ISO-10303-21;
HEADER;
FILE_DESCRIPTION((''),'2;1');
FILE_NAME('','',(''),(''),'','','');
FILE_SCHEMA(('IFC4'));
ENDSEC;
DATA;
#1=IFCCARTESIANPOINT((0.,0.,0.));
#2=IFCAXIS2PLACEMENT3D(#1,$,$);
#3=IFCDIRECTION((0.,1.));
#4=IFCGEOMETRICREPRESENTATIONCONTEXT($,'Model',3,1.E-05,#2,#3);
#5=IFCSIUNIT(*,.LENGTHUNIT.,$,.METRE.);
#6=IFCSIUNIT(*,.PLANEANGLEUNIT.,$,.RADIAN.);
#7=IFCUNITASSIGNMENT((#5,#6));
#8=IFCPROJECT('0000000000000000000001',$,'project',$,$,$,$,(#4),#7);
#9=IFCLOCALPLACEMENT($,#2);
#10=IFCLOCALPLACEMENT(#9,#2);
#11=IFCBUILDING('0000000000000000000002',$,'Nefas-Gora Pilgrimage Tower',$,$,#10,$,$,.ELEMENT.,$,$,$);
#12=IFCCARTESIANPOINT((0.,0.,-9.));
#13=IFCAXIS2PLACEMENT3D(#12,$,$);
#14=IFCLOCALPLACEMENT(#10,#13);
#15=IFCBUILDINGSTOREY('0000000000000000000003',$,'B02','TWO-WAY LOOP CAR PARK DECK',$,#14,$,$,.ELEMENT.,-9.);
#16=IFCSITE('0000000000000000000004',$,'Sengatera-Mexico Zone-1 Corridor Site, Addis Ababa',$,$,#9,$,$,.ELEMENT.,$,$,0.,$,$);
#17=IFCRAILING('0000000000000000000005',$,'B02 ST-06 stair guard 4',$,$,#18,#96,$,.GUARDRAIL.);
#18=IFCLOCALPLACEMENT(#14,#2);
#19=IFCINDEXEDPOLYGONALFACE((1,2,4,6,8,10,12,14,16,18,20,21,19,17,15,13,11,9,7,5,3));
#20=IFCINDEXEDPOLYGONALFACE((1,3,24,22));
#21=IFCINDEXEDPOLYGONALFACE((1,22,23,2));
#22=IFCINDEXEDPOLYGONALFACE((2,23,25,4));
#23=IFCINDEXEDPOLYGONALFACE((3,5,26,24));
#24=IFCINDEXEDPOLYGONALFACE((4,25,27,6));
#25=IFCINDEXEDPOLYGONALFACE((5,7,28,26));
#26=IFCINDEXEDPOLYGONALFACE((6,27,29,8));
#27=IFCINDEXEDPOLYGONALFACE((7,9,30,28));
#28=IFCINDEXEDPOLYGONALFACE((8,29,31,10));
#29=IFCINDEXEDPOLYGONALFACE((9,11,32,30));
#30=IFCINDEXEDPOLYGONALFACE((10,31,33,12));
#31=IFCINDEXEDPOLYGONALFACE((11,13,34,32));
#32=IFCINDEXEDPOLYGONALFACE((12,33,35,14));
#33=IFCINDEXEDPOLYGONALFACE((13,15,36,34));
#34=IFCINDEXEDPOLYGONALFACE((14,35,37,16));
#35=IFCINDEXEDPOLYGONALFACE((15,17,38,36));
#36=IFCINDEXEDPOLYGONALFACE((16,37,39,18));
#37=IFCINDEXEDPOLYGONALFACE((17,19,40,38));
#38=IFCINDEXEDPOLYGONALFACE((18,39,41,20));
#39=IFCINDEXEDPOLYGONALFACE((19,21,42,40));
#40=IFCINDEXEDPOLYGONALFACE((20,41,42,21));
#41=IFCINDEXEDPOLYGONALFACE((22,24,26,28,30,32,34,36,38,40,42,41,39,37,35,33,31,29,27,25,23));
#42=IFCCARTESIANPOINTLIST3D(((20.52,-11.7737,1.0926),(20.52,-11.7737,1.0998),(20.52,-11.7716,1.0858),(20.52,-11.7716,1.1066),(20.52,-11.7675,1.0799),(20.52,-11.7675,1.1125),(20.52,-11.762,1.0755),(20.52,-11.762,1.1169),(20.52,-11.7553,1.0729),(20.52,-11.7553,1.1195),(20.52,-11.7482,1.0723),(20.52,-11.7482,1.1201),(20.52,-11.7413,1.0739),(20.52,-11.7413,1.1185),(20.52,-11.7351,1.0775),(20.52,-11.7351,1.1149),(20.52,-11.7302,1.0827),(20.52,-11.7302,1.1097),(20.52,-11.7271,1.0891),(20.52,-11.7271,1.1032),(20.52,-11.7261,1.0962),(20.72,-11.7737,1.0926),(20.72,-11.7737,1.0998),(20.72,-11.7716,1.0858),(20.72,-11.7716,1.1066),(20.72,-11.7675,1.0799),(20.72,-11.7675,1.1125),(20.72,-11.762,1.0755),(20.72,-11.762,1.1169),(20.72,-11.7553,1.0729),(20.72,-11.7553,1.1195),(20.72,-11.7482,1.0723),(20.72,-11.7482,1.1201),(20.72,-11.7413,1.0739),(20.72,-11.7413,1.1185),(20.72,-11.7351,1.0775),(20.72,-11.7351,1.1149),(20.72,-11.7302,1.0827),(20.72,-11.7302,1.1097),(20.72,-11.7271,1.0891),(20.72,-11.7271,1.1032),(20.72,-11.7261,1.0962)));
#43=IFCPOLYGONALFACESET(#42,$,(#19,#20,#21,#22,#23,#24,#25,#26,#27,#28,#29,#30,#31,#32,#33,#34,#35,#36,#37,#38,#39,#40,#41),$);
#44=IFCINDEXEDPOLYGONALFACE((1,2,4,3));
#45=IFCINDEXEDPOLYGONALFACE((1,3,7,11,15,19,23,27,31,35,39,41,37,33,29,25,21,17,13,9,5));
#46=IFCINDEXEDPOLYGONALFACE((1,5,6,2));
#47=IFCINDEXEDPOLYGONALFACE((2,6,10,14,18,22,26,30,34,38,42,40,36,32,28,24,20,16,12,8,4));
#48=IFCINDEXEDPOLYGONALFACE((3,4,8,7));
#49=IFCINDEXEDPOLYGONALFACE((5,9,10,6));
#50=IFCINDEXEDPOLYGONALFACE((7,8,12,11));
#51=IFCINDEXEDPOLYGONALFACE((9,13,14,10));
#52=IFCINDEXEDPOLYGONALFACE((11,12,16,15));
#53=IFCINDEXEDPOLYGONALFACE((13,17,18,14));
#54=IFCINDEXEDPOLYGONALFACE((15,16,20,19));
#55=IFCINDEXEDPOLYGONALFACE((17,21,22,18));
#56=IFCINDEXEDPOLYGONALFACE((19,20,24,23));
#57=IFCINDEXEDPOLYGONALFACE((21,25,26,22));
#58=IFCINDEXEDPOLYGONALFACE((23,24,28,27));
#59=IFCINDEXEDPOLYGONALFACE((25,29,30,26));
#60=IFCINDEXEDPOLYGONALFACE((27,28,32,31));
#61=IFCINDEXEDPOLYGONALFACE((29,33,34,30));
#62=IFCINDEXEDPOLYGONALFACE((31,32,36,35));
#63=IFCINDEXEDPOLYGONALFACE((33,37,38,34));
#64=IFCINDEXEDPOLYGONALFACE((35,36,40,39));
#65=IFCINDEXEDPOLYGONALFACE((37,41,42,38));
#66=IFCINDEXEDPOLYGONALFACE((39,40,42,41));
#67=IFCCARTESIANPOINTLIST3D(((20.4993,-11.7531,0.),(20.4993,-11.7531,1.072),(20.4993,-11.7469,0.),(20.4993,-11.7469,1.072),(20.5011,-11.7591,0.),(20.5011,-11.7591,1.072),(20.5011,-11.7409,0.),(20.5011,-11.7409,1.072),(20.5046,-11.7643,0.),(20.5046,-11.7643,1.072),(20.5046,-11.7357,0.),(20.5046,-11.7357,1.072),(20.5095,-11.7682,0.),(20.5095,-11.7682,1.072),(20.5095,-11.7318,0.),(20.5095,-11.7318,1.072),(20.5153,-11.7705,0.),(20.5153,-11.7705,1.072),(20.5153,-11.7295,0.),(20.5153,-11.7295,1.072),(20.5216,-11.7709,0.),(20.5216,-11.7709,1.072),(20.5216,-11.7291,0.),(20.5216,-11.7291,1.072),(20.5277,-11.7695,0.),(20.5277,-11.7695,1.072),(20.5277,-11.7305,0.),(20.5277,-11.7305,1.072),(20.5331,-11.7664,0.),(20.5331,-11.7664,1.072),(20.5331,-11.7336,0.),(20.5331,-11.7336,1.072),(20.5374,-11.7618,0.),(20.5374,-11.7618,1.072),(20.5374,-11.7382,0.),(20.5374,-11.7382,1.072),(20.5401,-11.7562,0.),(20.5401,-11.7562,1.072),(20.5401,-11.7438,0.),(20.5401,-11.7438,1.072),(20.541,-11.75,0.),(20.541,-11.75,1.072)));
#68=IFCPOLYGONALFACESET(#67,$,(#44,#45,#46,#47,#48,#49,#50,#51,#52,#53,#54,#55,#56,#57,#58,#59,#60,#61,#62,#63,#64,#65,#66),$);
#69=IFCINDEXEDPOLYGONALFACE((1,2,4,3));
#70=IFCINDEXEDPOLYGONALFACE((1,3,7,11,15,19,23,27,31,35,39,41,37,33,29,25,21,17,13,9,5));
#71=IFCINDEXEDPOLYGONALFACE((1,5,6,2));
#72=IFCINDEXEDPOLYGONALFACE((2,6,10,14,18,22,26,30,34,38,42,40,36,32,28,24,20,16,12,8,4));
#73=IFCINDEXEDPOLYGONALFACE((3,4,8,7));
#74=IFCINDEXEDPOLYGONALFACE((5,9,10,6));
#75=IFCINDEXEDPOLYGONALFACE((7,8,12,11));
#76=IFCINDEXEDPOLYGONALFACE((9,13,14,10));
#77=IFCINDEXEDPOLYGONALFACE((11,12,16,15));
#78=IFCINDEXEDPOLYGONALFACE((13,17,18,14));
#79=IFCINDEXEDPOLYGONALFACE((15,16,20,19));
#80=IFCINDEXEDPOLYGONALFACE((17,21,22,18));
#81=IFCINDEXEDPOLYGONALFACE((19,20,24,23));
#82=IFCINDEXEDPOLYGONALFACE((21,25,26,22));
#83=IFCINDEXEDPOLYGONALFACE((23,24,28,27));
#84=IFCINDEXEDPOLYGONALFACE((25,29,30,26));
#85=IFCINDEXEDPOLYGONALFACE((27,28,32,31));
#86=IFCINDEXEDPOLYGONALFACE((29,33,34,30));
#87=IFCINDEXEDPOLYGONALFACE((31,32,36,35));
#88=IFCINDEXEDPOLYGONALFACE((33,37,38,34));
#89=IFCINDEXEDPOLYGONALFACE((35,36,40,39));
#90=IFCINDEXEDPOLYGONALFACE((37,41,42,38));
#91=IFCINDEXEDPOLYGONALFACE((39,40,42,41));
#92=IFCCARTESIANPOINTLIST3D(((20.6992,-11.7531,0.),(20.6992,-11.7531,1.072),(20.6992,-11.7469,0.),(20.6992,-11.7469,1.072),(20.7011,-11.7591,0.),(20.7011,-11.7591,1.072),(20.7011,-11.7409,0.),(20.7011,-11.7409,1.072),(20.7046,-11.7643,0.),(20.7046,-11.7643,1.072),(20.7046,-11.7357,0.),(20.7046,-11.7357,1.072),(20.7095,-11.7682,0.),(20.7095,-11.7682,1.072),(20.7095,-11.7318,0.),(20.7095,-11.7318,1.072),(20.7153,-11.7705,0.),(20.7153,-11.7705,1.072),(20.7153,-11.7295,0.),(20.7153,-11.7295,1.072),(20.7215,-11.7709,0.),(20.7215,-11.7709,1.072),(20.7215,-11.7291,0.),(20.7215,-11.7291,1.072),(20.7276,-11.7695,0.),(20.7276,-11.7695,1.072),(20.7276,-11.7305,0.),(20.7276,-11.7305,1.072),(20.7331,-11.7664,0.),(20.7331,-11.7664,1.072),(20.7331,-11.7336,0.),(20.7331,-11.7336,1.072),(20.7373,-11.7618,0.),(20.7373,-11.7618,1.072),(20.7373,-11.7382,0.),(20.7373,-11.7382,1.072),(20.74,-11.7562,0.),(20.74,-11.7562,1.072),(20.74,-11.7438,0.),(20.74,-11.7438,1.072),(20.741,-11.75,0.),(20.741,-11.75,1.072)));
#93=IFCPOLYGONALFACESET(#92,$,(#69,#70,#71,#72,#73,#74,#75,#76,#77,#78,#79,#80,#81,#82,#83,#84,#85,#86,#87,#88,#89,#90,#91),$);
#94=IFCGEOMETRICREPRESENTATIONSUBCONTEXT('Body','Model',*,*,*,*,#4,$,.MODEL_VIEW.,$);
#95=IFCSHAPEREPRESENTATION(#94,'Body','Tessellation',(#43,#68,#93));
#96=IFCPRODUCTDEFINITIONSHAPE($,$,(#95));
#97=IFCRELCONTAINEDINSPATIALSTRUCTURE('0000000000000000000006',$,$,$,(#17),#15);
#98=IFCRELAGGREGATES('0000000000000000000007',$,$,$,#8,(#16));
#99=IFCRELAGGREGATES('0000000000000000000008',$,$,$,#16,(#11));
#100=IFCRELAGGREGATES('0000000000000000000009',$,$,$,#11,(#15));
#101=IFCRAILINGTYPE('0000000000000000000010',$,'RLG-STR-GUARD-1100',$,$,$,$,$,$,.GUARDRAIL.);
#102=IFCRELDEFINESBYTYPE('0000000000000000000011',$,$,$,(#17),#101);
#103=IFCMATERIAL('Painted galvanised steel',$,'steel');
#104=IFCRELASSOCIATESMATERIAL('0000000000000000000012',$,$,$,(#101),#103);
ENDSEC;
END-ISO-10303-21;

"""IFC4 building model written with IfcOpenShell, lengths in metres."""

from ifc_helpers import new_model, si_unit, direction, frame, origin, origin_2d, place, context, subcontext, project, spatial, circle, extrude, material, type_object, element, save


model = new_model("IFC4")

# Units and contexts
model_context = context("Model", 3, precision=1e-05, world=origin(), true_north=direction((0.0, 1.0)))
body_context = subcontext(model_context, "Body", "Model", "MODEL_VIEW")
ifc_project = project(units=[si_unit("LENGTHUNIT", "METRE"), si_unit("PLANEANGLEUNIT", "RADIAN")], contexts=[model_context])

# Site, building, storey
site_placement = place(None, origin())
site = spatial("IfcSite", under=ifc_project, at=site_placement, Name="Sengatera-Mexico Zone-1 Corridor Site, Addis Ababa", CompositionType="ELEMENT", RefElevation=0.0)
building_placement = place(site_placement, origin())
building = spatial("IfcBuilding", under=site, at=building_placement, Name="Nefas-Gora Pilgrimage Tower", CompositionType="ELEMENT")
storey_placement = place(building_placement, frame((0.0, 0.0, -9.0)))
storey = spatial("IfcBuildingStorey", under=building, at=storey_placement, Name="B02", Description="TWO-WAY LOOP CAR PARK DECK", CompositionType="ELEMENT", Elevation=-9.0)

# Railing
ifc_material_1 = material(Name="Painted galvanised steel", Category="steel")
railing_type_1 = type_object("IfcRailingType", Name="RLG-STR-GUARD-1100", PredefinedType="GUARDRAIL", material=ifc_material_1)
railing_1_placement = place(storey_placement, frame((20.52, -11.75, 0.0)))
element("IfcRailing", 1, at=railing_1_placement, inside=storey, type_object=railing_type_1, Name="B02 ST-06 stair guard 4", PredefinedType="GUARDRAIL", context=body_context, shape_type="SweptSolid", body=[
    extrude(circle(Radius=0.0239, at=origin_2d()), frame((0.0, 0.0, 1.0962), z_axis=(1.0, 0.0, 0.0), x_axis=(0.0, 1.0, 0.0)), (0.0, 0.0, 1.0), 0.2),
    extrude(circle(Radius=0.021, at=origin_2d()), origin(), (0.0, 0.0, 1.0), 1.072),
    extrude(circle(Radius=0.021, at=origin_2d()), frame((0.2, 0.0, 0.0)), (0.0, 0.0, 1.0), 1.072),
])

save(model, "model.ifc")
